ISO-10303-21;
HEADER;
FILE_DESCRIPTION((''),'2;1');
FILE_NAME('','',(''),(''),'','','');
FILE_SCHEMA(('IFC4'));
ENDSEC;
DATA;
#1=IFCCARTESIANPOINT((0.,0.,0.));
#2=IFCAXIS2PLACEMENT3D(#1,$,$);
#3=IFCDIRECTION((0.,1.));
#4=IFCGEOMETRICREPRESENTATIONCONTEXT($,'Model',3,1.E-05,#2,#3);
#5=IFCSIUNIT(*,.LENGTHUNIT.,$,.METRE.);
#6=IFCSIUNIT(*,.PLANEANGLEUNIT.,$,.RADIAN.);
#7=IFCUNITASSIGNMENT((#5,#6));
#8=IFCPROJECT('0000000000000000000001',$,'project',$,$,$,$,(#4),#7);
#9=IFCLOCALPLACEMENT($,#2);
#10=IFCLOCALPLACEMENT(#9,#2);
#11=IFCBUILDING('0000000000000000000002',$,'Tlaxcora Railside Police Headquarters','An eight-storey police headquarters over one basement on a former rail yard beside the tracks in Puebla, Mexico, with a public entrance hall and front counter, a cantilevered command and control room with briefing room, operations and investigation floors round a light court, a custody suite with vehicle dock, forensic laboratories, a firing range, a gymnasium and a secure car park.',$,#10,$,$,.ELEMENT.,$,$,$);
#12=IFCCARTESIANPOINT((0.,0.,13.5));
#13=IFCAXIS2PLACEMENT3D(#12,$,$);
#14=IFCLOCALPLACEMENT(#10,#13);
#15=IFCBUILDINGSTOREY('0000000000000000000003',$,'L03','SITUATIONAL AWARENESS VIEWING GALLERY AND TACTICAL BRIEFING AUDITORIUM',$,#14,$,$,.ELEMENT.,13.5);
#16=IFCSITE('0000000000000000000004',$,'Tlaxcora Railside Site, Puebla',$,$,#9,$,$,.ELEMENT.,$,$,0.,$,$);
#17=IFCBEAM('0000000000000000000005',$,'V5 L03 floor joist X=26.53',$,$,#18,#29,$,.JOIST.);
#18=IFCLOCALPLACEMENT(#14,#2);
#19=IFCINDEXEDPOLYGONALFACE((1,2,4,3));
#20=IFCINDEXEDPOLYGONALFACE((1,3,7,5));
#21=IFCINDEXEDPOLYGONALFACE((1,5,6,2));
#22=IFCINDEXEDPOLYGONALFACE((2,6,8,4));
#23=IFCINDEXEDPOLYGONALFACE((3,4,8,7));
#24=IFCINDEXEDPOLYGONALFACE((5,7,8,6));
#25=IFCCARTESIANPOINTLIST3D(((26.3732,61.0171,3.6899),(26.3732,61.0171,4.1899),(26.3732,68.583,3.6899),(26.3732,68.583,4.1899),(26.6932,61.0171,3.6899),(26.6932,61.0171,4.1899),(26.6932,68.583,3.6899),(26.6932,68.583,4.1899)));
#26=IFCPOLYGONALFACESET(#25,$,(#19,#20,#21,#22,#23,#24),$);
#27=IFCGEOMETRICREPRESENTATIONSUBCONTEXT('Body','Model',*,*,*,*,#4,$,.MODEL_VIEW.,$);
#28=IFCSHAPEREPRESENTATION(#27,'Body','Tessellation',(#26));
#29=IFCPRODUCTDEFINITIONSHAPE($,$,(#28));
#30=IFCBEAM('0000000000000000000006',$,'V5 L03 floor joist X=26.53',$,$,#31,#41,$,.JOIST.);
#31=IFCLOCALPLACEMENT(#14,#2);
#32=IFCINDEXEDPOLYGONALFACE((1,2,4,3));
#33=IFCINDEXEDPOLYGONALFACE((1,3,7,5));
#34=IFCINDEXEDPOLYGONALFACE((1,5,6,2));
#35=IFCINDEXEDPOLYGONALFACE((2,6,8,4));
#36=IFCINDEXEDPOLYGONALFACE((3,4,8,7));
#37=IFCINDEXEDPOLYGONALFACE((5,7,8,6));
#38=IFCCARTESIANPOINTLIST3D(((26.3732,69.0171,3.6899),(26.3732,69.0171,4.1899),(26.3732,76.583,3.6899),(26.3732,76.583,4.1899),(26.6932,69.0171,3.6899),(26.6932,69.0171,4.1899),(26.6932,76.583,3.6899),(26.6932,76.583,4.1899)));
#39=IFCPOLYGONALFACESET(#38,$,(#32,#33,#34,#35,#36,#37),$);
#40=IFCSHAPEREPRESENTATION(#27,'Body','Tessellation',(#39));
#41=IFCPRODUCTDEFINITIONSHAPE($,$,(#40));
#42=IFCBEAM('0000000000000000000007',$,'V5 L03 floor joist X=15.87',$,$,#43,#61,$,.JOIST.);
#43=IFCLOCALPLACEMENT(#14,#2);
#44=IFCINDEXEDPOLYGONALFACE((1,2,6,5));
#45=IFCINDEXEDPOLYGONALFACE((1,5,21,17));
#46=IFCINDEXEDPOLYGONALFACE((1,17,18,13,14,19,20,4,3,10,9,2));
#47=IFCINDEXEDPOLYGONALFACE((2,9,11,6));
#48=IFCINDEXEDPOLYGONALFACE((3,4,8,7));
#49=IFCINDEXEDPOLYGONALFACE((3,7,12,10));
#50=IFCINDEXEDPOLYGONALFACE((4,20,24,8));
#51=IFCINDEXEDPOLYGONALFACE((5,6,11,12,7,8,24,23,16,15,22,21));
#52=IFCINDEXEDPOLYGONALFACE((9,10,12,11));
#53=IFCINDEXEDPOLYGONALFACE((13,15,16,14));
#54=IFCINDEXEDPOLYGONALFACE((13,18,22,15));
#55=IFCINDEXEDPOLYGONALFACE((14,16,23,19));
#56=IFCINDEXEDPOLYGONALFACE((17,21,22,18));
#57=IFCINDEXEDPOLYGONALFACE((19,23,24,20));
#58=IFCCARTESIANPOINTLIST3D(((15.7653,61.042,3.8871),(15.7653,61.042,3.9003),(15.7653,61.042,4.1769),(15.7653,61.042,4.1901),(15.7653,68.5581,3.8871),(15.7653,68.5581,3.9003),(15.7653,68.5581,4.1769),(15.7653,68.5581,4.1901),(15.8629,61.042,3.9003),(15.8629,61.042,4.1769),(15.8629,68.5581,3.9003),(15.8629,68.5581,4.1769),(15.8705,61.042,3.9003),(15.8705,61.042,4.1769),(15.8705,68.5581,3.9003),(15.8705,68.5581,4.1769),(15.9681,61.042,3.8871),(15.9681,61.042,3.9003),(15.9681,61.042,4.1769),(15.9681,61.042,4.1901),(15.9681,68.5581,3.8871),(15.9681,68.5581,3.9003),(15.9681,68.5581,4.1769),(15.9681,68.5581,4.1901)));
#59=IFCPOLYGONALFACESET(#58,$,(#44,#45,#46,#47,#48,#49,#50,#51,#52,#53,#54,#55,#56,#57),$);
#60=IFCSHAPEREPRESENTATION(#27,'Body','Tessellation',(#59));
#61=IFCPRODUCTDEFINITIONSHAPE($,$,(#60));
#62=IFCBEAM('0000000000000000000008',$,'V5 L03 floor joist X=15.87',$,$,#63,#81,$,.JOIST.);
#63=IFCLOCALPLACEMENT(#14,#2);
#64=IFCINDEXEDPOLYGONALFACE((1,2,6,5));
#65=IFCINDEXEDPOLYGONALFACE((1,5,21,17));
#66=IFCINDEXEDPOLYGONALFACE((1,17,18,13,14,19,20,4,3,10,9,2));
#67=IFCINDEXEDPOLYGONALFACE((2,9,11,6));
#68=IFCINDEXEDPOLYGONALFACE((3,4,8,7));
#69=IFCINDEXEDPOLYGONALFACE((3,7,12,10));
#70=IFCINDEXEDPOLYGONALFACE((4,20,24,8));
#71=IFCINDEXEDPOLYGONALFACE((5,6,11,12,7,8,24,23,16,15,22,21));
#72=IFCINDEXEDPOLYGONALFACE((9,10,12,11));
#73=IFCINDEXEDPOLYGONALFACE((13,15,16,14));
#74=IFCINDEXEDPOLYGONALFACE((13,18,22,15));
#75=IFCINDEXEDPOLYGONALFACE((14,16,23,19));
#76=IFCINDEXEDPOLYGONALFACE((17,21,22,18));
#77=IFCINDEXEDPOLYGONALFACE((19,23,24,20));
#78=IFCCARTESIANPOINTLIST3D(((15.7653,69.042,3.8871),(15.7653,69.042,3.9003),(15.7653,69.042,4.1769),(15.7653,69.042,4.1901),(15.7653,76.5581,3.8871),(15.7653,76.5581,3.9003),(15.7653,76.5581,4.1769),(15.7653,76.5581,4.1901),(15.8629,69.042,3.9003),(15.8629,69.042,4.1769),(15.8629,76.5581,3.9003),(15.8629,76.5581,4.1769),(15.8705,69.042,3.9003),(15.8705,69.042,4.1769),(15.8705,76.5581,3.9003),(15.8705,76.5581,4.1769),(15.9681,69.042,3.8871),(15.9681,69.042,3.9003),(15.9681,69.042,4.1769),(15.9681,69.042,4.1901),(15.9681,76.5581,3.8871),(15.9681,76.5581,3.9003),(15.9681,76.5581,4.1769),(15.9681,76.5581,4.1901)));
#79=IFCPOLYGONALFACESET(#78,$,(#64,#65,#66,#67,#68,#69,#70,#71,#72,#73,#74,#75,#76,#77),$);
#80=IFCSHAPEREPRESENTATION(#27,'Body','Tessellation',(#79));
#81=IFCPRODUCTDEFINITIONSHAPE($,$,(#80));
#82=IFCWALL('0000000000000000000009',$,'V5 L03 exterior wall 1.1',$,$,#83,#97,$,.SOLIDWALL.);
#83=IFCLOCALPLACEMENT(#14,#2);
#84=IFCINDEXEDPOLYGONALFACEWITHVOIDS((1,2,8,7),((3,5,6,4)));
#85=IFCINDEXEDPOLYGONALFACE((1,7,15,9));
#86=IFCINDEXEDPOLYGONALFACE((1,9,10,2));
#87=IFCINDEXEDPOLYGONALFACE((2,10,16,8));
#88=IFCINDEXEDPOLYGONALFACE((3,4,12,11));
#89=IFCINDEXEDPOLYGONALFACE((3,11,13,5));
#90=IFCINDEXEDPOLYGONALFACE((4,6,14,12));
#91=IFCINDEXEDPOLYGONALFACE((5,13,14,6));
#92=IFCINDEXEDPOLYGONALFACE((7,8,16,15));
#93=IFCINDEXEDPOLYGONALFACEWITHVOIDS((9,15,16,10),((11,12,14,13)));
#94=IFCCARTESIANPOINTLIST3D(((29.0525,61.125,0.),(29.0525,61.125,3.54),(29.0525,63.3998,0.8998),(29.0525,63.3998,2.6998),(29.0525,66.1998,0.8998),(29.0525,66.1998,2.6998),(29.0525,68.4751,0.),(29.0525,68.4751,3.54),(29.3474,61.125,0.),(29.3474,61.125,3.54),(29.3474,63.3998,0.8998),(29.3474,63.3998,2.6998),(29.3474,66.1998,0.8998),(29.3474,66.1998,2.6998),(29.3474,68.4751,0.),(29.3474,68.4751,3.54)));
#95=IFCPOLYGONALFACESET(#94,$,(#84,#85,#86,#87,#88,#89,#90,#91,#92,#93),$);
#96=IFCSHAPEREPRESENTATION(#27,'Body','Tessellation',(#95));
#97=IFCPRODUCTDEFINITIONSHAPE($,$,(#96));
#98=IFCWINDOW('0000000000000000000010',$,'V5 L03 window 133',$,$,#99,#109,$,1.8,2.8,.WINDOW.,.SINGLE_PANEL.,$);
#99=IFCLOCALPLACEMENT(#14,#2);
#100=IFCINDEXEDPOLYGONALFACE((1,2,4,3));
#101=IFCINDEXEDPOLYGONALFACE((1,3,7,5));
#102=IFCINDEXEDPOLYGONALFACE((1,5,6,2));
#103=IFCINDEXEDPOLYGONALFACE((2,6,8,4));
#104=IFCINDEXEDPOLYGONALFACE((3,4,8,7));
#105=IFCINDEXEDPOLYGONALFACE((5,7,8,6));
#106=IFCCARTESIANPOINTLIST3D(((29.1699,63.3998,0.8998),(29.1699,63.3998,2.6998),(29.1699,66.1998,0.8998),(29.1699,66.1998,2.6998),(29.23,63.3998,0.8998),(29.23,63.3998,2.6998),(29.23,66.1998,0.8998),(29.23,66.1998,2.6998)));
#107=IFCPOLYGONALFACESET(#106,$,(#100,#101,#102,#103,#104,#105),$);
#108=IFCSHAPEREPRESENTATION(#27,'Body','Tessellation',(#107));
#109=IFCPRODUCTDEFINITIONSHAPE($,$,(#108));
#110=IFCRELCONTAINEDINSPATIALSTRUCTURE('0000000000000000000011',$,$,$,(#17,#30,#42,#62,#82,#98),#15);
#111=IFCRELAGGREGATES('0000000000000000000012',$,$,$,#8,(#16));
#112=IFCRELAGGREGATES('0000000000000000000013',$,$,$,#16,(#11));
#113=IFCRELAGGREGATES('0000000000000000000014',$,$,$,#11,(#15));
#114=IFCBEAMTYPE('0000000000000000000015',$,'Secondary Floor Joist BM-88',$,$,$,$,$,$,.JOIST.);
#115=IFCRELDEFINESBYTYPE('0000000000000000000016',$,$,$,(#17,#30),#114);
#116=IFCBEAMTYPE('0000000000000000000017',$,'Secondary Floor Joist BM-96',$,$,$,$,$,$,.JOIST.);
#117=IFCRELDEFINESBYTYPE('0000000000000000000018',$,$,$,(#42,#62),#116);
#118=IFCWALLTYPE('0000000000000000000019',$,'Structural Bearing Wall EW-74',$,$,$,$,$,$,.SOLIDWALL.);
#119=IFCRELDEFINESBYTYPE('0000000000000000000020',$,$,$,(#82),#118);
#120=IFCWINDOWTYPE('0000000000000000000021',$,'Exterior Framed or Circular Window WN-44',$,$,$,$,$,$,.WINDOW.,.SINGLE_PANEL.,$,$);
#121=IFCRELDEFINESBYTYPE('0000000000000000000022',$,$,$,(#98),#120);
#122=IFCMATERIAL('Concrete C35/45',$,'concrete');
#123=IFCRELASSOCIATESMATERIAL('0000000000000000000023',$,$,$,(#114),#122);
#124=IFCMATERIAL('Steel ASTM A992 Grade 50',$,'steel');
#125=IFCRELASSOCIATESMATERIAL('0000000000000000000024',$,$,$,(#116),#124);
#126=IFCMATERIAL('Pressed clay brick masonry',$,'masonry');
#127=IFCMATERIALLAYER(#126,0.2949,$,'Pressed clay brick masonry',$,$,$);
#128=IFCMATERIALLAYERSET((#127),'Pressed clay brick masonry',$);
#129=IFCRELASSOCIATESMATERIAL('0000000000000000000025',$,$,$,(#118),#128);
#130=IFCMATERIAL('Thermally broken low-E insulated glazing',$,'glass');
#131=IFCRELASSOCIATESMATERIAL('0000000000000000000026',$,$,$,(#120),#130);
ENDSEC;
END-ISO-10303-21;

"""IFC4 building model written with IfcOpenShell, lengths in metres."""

from ifc_helpers import new_model, si_unit, direction, frame, frame_2d, origin, origin_2d, place, context, subcontext, project, spatial, rectangle, i_section, extrude, material, layer, layer_set, material_profile, profile_set, type_object, element, fill, save


model = new_model("IFC4")

# Units and contexts
model_context = context("Model", 3, precision=1e-05, world=origin(), true_north=direction((0.0, 1.0)))
body_context = subcontext(model_context, "Body", "Model", "MODEL_VIEW")
ifc_project = project(units=[si_unit("LENGTHUNIT", "METRE"), si_unit("PLANEANGLEUNIT", "RADIAN")], contexts=[model_context])

# Site, building, storey
site_placement = place(None, origin())
site = spatial("IfcSite", under=ifc_project, at=site_placement, Name="Tlaxcora Railside Site, Puebla", CompositionType="ELEMENT", RefElevation=0.0)
building_placement = place(site_placement, origin())
building = spatial("IfcBuilding", under=site, at=building_placement, Name="Tlaxcora Railside Police Headquarters", Description="An eight-storey police headquarters over one basement on a former rail yard beside the tracks in Puebla, Mexico, with a public entrance hall and front counter, a cantilevered command and control room with briefing room, operations and investigation floors round a light court, a custody suite with vehicle dock, forensic laboratories, a firing range, a gymnasium and a secure car park.", CompositionType="ELEMENT")
storey_placement = place(building_placement, frame((0.0, 0.0, 13.5)))
storey = spatial("IfcBuildingStorey", under=building, at=storey_placement, Name="L03", Description="SITUATIONAL AWARENESS VIEWING GALLERY AND TACTICAL BRIEFING AUDITORIUM", CompositionType="ELEMENT", Elevation=13.5)

# Beams
ifc_material_1 = material(Name="Concrete C35/45", Category="concrete")
ifc_material_profile_1 = material_profile(ifc_material_1, rectangle(XDim=0.3201, YDim=0.5, at=origin_2d()), Name="RC320X500")
ifc_profile_set_1 = profile_set([ifc_material_profile_1], Name="Concrete C35/45")
beam_type_1 = type_object("IfcBeamType", Name="Secondary Floor Joist BM-88", PredefinedType="JOIST", material=ifc_profile_set_1)
for number, where, z_axis, x_axis, name in (
    (1, (26.5332, 61.0171, 3.9399), (0.0, 1.0, 0.0), (-1.0, 0.0, 0.0), "V5 L03 floor joist X=26.53"),
    (2, (26.5332, 69.0171, 3.9399), (0.0, 1.0, 0.0), (-1.0, 0.0, 0.0), "V5 L03 floor joist X=26.53"),
):
    element("IfcBeam", number, at=place(storey_placement, frame(where, z_axis=z_axis, x_axis=x_axis)), inside=storey, type_object=beam_type_1, Name=name, PredefinedType="JOIST", context=body_context, shape_type="SweptSolid", body=[
        extrude(rectangle(XDim=0.3201, YDim=0.5, at=origin_2d()), origin(), (0.0, 0.0, 1.0), 7.5659),
    ])
ifc_material_2 = material(Name="Steel ASTM A992 Grade 50", Category="steel")
ifc_material_profile_2 = material_profile(ifc_material_2, i_section(OverallWidth=0.2029, OverallDepth=0.303, WebThickness=0.0076, FlangeThickness=0.0132, at=origin_2d()), Name="W12X40")
ifc_profile_set_2 = profile_set([ifc_material_profile_2], Name="Steel ASTM A992 Grade 50")
beam_type_2 = type_object("IfcBeamType", Name="Secondary Floor Joist BM-96", PredefinedType="JOIST", material=ifc_profile_set_2)
for number, where, z_axis, x_axis, name in (
    (3, (15.8667, 61.042, 4.0386), (0.0, 1.0, 0.0), (-1.0, 0.0, 0.0), "V5 L03 floor joist X=15.87"),
    (4, (15.8667, 69.042, 4.0386), (0.0, 1.0, 0.0), (-1.0, 0.0, 0.0), "V5 L03 floor joist X=15.87"),
):
    element("IfcBeam", number, at=place(storey_placement, frame(where, z_axis=z_axis, x_axis=x_axis)), inside=storey, type_object=beam_type_2, Name=name, PredefinedType="JOIST", context=body_context, shape_type="SweptSolid", body=[
        extrude(i_section(OverallWidth=0.2029, OverallDepth=0.303, WebThickness=0.0076, FlangeThickness=0.0132, at=origin_2d()), origin(), (0.0, 0.0, 1.0), 7.5161),
    ])

# Wall, opening, window
ifc_material_3 = material(Name="Pressed clay brick masonry", Category="masonry")
ifc_layer = layer(ifc_material_3, 0.2949, Name="Pressed clay brick masonry")
ifc_layer_set = layer_set([ifc_layer], Name="Pressed clay brick masonry")
wall_type = type_object("IfcWallType", Name="Structural Bearing Wall EW-74", PredefinedType="SOLIDWALL", material=ifc_layer_set)
wall_placement = place(storey_placement, frame((29.2, 61.125, 0.0), z_axis=(0.0, 0.0, 1.0), x_axis=(0.0, 1.0, 0.0)))
wall = element("IfcWall", 5, at=wall_placement, inside=storey, type_object=wall_type, Name="V5 L03 exterior wall 1.1", PredefinedType="SOLIDWALL", context=body_context, shape_type="SweptSolid", body=[
    extrude(rectangle(XDim=7.3501, YDim=0.2949, at=frame_2d((3.675, 0.0))), origin(), (0.0, 0.0, 1.0), 3.54),
])
opening_placement = place(wall_placement, frame((2.2749, 0.0, 0.8999)))
opening = element("IfcOpeningElement", 6, at=opening_placement, cuts=wall, PredefinedType="OPENING", context=body_context, shape_type="SweptSolid", body=[
    extrude(rectangle(XDim=2.8, YDim=1.8, at=frame_2d((1.3999, 0.8999))), frame((0.0, 0.1575, 0.0), z_axis=(0.0, -1.0, 0.0), x_axis=(1.0, 0.0, 0.0)), (0.0, 0.0, 1.0), 0.3149),
])
ifc_material_4 = material(Name="Thermally broken low-E insulated glazing", Category="glass")
window_type = type_object("IfcWindowType", Name="Exterior Framed or Circular Window WN-44", PartitioningType="SINGLE_PANEL", PredefinedType="WINDOW", material=ifc_material_4)
window_placement = place(opening_placement, origin())
window = element("IfcWindow", 7, at=window_placement, inside=storey, type_object=window_type, Name="V5 L03 window 133", OverallHeight=1.8, OverallWidth=2.8, PartitioningType="SINGLE_PANEL", PredefinedType="WINDOW", context=body_context, shape_type="SweptSolid", body=[
    extrude(rectangle(XDim=2.8, YDim=1.8, at=frame_2d((1.3999, 0.8999))), frame((0.0, 0.03, 0.0), z_axis=(0.0, -1.0, 0.0), x_axis=(1.0, 0.0, 0.0)), (0.0, 0.0, 1.0), 0.0601),
])
fill(opening, window)

save(model, "model.ifc")
